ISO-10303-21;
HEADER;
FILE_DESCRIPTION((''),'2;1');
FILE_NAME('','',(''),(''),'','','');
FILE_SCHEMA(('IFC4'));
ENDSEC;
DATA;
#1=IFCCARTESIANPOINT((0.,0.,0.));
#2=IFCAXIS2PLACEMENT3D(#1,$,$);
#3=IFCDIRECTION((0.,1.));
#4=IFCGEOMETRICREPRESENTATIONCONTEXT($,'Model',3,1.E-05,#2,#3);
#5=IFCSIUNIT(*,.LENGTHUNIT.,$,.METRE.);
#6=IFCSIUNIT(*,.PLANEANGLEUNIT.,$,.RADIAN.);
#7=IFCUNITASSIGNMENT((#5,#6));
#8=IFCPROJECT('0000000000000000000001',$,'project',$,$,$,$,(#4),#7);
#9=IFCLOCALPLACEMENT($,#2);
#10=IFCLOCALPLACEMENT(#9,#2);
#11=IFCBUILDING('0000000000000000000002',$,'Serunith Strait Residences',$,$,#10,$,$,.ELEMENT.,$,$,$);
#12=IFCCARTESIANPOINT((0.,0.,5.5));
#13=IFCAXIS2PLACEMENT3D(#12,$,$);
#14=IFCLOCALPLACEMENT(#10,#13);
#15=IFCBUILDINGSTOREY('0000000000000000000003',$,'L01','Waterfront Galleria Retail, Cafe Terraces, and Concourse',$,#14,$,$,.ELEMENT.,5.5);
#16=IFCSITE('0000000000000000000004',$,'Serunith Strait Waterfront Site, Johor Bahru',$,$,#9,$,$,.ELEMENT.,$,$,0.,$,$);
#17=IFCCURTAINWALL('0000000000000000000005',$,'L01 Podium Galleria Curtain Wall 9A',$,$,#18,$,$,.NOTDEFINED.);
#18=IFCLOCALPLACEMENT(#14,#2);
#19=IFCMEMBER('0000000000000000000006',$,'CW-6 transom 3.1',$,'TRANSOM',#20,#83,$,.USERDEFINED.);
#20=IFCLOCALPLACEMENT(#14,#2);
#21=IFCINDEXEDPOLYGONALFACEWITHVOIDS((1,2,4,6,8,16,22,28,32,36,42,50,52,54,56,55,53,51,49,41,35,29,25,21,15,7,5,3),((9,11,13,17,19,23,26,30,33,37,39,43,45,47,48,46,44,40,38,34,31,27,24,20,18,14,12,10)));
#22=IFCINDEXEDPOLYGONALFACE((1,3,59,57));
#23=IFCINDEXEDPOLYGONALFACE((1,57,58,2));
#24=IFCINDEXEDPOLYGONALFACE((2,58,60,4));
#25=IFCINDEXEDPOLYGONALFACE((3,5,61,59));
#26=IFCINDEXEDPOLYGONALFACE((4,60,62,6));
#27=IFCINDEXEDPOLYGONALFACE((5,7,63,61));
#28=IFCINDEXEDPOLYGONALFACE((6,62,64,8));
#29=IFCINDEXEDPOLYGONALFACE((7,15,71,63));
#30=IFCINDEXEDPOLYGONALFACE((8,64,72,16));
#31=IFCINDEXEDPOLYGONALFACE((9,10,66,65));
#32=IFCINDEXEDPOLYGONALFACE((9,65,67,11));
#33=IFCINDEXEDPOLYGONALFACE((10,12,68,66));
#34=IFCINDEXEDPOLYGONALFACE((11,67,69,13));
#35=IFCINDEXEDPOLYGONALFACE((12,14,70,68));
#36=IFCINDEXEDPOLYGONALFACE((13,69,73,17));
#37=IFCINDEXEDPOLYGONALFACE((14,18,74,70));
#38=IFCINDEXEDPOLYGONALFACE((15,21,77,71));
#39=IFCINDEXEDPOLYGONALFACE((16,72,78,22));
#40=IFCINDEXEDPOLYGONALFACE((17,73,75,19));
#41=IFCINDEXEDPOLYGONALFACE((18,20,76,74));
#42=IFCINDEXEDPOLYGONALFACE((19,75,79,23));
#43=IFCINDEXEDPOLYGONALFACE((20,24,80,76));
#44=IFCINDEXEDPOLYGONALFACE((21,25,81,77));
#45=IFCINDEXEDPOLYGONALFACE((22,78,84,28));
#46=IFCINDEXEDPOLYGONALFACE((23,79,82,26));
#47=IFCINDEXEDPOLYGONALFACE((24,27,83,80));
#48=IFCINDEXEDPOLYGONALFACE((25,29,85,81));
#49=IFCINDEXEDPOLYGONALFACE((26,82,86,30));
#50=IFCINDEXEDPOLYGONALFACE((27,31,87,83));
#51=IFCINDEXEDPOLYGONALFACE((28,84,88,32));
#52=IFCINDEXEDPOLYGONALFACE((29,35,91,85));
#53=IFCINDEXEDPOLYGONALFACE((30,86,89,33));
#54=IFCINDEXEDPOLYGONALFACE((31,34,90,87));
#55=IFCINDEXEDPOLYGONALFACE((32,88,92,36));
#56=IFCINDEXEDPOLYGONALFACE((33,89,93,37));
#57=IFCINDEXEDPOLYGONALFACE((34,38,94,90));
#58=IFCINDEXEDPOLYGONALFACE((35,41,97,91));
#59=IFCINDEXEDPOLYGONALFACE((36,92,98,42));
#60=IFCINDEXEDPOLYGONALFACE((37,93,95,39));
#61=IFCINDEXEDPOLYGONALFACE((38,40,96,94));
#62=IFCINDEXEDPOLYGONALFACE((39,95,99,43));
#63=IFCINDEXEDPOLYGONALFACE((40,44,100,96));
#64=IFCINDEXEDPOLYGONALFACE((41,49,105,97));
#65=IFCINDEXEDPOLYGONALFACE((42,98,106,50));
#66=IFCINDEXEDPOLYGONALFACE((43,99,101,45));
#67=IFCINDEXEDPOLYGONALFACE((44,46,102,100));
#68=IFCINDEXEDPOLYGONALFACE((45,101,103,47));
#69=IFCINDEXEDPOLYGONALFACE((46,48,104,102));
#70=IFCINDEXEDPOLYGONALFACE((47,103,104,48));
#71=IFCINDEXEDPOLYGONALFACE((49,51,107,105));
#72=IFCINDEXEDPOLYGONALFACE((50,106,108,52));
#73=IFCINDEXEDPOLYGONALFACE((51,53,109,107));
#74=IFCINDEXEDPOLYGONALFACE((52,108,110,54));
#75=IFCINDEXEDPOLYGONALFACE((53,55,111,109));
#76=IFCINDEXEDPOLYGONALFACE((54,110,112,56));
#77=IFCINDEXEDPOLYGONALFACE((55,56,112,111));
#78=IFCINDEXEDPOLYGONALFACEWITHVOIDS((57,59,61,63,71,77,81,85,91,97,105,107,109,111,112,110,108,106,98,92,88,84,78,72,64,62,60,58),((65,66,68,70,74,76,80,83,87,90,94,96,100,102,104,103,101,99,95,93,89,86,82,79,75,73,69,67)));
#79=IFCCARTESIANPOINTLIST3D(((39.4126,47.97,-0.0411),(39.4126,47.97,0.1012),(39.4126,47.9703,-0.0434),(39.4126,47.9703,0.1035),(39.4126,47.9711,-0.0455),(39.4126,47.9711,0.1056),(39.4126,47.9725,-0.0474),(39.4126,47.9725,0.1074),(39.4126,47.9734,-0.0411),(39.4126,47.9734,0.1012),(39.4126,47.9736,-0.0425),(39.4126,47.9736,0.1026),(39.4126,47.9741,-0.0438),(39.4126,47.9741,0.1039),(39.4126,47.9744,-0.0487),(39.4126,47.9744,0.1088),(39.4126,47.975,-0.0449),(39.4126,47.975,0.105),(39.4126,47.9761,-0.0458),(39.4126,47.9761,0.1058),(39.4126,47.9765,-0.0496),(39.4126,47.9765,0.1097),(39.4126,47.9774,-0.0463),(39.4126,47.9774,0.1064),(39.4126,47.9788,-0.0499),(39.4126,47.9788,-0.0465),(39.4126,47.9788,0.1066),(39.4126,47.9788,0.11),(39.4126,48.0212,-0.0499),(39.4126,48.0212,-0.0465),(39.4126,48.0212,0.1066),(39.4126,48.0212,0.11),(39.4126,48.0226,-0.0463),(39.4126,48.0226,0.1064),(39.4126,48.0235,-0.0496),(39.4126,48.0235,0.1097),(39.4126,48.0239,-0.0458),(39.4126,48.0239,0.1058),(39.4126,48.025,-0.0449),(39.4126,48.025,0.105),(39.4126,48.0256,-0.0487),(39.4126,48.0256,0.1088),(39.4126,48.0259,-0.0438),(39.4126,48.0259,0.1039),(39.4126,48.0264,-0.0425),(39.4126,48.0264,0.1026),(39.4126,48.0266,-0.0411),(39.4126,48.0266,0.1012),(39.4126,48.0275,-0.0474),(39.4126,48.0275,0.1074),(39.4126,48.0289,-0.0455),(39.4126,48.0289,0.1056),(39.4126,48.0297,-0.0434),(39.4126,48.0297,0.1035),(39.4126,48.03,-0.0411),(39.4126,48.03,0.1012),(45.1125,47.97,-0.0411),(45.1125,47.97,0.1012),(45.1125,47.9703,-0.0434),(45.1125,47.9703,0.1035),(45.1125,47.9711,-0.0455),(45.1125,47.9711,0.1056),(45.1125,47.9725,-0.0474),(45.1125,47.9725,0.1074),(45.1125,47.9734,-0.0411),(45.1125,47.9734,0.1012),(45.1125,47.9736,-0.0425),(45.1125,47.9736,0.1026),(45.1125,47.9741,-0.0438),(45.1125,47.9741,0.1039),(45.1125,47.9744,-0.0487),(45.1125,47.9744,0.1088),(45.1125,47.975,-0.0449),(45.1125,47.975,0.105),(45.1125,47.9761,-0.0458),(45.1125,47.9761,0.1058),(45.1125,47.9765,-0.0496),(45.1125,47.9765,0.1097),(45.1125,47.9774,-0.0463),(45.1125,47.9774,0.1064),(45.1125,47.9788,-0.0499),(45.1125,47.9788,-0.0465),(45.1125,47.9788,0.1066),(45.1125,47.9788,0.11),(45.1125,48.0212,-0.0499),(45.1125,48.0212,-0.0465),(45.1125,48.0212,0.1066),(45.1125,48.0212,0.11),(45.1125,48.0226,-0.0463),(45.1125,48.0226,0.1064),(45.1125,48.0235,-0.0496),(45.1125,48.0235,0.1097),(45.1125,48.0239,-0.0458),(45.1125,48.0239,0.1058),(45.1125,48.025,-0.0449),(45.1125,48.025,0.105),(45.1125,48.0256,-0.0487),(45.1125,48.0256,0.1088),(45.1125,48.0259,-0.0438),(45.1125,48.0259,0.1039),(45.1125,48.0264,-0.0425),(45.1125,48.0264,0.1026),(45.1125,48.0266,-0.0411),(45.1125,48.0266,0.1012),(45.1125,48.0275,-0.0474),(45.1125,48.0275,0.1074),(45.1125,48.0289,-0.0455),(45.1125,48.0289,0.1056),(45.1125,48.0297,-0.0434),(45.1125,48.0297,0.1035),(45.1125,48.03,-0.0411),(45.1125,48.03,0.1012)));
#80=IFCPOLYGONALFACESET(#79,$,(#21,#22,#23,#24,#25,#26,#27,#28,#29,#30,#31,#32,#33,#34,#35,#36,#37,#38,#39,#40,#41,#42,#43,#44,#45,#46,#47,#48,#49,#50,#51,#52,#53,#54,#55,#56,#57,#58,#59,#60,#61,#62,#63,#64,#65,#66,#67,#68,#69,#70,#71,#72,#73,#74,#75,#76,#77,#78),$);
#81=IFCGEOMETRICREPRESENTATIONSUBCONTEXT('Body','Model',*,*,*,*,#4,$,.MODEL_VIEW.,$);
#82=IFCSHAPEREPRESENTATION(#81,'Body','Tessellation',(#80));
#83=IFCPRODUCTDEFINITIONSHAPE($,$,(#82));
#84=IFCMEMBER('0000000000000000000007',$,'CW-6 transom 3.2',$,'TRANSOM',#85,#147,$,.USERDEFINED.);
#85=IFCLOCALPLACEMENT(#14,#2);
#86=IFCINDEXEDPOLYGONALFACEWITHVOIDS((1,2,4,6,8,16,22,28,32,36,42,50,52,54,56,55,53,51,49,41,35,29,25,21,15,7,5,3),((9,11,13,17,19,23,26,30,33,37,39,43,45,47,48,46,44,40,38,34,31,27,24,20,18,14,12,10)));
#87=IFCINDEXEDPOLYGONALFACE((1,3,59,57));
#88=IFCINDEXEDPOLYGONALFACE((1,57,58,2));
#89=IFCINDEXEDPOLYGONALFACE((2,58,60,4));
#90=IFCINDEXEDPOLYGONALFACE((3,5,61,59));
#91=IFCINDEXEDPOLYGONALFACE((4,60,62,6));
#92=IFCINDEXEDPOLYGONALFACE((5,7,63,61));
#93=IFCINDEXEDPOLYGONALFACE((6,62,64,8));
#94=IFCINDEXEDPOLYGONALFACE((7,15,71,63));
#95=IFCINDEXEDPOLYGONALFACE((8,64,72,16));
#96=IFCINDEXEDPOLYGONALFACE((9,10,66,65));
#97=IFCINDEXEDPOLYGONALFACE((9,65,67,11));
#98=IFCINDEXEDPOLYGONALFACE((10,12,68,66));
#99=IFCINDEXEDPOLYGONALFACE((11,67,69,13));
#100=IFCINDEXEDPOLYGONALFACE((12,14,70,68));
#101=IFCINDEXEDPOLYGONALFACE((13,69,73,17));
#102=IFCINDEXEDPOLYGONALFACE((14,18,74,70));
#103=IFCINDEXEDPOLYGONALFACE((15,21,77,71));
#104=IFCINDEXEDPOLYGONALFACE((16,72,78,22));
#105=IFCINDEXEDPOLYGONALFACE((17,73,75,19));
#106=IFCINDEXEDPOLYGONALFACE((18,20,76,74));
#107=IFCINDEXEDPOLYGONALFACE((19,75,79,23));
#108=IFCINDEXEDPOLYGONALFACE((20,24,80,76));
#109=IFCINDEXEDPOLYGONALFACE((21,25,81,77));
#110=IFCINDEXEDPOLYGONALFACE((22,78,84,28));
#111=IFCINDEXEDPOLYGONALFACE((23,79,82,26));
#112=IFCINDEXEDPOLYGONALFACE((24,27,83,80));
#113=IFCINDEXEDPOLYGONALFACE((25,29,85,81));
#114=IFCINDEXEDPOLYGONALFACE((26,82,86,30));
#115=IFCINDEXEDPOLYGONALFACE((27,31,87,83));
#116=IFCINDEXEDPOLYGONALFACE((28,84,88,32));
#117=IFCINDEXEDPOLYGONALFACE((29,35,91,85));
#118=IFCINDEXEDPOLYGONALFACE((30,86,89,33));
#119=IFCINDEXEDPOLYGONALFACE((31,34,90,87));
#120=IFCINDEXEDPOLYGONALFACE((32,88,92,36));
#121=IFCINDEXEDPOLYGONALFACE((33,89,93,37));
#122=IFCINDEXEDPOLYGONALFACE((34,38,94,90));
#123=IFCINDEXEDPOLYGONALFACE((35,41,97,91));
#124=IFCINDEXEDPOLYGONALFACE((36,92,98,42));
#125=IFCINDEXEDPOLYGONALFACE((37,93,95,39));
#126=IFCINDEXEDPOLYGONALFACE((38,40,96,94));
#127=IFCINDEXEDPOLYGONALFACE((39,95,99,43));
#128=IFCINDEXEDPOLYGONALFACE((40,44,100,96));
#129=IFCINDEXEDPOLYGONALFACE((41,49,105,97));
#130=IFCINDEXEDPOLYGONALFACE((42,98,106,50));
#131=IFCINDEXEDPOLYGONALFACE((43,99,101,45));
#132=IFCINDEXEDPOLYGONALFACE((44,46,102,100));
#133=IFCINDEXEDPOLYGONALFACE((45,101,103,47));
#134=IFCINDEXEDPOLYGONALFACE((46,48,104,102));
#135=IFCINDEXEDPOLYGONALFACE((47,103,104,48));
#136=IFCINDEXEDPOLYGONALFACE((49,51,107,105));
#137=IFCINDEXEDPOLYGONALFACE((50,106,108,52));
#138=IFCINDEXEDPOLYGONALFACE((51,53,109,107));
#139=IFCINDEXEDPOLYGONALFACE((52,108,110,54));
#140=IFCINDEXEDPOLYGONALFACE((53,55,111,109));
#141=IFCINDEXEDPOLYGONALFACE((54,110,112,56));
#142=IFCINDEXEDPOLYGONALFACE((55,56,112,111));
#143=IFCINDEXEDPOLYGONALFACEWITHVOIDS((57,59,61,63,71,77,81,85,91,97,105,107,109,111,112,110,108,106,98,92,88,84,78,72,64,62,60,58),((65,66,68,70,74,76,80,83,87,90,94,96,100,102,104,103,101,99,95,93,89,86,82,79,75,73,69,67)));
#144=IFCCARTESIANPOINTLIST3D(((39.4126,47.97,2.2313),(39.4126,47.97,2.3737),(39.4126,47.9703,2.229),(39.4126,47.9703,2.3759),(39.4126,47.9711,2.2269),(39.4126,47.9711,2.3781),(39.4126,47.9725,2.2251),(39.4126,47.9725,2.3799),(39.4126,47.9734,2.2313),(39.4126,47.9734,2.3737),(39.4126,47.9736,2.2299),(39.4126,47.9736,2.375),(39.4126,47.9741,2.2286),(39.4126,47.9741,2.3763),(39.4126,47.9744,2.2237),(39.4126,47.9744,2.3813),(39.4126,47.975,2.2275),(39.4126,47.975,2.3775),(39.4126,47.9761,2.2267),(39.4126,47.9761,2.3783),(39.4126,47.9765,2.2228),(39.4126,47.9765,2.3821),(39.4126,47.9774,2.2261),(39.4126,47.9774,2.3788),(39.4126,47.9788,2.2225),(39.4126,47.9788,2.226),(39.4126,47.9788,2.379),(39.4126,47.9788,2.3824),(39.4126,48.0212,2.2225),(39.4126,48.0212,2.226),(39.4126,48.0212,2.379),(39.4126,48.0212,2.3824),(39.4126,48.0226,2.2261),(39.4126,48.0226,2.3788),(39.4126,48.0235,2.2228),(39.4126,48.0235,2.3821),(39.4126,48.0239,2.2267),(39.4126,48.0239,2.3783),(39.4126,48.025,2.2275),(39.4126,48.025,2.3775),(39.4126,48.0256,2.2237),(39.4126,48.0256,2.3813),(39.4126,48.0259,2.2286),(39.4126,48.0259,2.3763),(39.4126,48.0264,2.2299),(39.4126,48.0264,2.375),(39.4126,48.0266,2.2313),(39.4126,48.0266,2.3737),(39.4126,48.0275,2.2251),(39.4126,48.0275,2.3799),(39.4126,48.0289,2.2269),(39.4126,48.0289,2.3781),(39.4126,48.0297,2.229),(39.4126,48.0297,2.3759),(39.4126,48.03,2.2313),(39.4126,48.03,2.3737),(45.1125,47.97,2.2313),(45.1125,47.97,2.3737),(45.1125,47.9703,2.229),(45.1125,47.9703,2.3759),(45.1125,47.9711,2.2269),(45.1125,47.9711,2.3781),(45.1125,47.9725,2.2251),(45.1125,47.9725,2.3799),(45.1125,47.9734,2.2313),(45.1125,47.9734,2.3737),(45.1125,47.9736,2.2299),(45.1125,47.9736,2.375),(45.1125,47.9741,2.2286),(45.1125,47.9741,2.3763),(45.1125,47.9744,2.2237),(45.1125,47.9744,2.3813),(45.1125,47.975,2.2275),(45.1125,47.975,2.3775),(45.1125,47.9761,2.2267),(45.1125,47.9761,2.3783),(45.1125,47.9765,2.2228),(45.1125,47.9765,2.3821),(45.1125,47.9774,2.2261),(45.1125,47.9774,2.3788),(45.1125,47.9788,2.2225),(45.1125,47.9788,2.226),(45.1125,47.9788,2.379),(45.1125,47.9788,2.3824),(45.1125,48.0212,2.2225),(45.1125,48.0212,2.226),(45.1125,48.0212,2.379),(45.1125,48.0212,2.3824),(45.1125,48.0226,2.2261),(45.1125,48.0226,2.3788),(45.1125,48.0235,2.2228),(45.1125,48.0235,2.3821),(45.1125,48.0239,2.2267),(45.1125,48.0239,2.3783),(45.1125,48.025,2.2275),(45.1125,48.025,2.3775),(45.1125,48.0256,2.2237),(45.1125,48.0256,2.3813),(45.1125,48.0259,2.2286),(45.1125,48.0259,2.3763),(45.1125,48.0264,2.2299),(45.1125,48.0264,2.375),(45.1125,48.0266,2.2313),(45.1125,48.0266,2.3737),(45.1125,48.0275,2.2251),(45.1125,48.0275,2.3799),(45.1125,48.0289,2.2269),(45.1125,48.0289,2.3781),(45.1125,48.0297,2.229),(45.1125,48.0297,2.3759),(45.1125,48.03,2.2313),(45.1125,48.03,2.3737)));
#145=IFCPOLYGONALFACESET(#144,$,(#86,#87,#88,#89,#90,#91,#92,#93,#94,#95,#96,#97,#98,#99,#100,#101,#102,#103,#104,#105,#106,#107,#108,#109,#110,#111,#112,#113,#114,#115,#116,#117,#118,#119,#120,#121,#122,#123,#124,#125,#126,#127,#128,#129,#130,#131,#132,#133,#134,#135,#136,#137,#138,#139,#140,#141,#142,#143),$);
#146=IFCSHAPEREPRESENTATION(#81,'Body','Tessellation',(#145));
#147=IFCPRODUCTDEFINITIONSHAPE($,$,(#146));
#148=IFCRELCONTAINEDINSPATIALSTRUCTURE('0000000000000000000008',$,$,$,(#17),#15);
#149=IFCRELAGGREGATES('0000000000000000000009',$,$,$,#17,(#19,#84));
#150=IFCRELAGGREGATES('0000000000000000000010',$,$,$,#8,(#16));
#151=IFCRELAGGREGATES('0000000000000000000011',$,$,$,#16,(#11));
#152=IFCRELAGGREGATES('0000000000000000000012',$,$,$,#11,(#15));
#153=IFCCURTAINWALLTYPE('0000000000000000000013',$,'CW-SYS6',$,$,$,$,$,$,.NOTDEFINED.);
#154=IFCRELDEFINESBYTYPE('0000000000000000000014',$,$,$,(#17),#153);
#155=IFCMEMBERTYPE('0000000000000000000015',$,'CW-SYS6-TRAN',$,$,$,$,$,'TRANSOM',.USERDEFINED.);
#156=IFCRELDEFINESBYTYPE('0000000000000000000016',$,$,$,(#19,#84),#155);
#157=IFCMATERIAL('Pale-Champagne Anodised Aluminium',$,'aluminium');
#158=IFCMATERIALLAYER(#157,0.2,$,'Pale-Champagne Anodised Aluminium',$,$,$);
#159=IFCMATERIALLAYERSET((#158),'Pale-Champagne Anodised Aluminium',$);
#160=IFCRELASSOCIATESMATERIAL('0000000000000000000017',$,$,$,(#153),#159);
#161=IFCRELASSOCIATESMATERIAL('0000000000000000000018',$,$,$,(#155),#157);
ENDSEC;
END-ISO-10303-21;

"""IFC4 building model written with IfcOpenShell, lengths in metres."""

from ifc_helpers import new_model, si_unit, direction, frame, origin, origin_2d, place, context, subcontext, project, spatial, hollow_rectangle, extrude, source, transform, mapped, material, layer, layer_set, material_profile, profile_set, type_object, element, aggregate, save


model = new_model("IFC4")

# Units and contexts
model_context = context("Model", 3, precision=1e-05, world=origin(), true_north=direction((0.0, 1.0)))
body_context = subcontext(model_context, "Body", "Model", "MODEL_VIEW")
ifc_project = project(units=[si_unit("LENGTHUNIT", "METRE"), si_unit("PLANEANGLEUNIT", "RADIAN")], contexts=[model_context])

# Site, building, storey
site_placement = place(None, origin())
site = spatial("IfcSite", under=ifc_project, at=site_placement, Name="Serunith Strait Waterfront Site, Johor Bahru", CompositionType="ELEMENT", RefElevation=0.0)
building_placement = place(site_placement, origin())
building = spatial("IfcBuilding", under=site, at=building_placement, Name="Serunith Strait Residences", CompositionType="ELEMENT")
storey_placement = place(building_placement, frame((0.0, 0.0, 5.5)))
storey = spatial("IfcBuildingStorey", under=building, at=storey_placement, Name="L01", Description="Waterfront Galleria Retail, Cafe Terraces, and Concourse", CompositionType="ELEMENT", Elevation=5.5)

# Curtain wall, members
ifc_material_1 = material(Name="Pale-Champagne Anodised Aluminium", Category="aluminium")
ifc_layer_1 = layer(ifc_material_1, 0.2, Name="Pale-Champagne Anodised Aluminium")
ifc_layer_set_1 = layer_set([ifc_layer_1], Name="Pale-Champagne Anodised Aluminium")
curtain_wall_type = type_object("IfcCurtainWallType", Name="CW-SYS6", PredefinedType="NOTDEFINED", material=ifc_layer_set_1)
curtain_wall_placement = place(storey_placement, origin())
curtain_wall = element("IfcCurtainWall", 1, at=curtain_wall_placement, inside=storey, type_object=curtain_wall_type, Name="L01 Podium Galleria Curtain Wall 9A", PredefinedType="NOTDEFINED")
ifc_material_profile_1 = material_profile(ifc_material_1, hollow_rectangle(XDim=0.0601, YDim=0.1599, WallThickness=0.0034, InnerFilletRadius=0.0054, OuterFilletRadius=0.0088, at=origin_2d()), Name="ALU 160x60x3.5")
ifc_profile_set_1 = profile_set([ifc_material_profile_1], Name="Pale-Champagne Anodised Aluminium")
member_type_1 = type_object("IfcMemberType", Name="CW-SYS6-TRAN", ElementType="TRANSOM", PredefinedType="USERDEFINED", material=ifc_profile_set_1)
shared_shape_1 = source(origin(), body_context, "Body", "SweptSolid", [
    extrude(hollow_rectangle(XDim=0.0601, YDim=0.1599, WallThickness=0.0034, InnerFilletRadius=0.0054, OuterFilletRadius=0.0088, at=origin_2d()), origin(), (0.0, 0.0, 1.0), 5.7),
])
member_1_placement = place(storey_placement, frame((45.1125, 48.0, 0.03), z_axis=(-1.0, 0.0, 0.0), x_axis=(0.0, -1.0, 0.0)))
member_1 = element("IfcMember", 2, at=member_1_placement, type_object=member_type_1, Name="CW-6 transom 3.1", ObjectType="TRANSOM", PredefinedType="USERDEFINED", context=body_context, shape_type="MappedRepresentation", body=[
    mapped(shared_shape_1, transform((0.0, 0.0, 0.0), scale=1.0)),
])
member_2_placement = place(storey_placement, frame((45.1125, 48.0, 2.3025), z_axis=(-1.0, 0.0, 0.0), x_axis=(0.0, -1.0, 0.0)))
member_2 = element("IfcMember", 3, at=member_2_placement, type_object=member_type_1, Name="CW-6 transom 3.2", ObjectType="TRANSOM", PredefinedType="USERDEFINED", context=body_context, shape_type="MappedRepresentation", body=[
    mapped(shared_shape_1, transform((0.0, 0.0, 0.0), scale=1.0)),
])
aggregate(curtain_wall, [member_1, member_2])

save(model, "model.ifc")
